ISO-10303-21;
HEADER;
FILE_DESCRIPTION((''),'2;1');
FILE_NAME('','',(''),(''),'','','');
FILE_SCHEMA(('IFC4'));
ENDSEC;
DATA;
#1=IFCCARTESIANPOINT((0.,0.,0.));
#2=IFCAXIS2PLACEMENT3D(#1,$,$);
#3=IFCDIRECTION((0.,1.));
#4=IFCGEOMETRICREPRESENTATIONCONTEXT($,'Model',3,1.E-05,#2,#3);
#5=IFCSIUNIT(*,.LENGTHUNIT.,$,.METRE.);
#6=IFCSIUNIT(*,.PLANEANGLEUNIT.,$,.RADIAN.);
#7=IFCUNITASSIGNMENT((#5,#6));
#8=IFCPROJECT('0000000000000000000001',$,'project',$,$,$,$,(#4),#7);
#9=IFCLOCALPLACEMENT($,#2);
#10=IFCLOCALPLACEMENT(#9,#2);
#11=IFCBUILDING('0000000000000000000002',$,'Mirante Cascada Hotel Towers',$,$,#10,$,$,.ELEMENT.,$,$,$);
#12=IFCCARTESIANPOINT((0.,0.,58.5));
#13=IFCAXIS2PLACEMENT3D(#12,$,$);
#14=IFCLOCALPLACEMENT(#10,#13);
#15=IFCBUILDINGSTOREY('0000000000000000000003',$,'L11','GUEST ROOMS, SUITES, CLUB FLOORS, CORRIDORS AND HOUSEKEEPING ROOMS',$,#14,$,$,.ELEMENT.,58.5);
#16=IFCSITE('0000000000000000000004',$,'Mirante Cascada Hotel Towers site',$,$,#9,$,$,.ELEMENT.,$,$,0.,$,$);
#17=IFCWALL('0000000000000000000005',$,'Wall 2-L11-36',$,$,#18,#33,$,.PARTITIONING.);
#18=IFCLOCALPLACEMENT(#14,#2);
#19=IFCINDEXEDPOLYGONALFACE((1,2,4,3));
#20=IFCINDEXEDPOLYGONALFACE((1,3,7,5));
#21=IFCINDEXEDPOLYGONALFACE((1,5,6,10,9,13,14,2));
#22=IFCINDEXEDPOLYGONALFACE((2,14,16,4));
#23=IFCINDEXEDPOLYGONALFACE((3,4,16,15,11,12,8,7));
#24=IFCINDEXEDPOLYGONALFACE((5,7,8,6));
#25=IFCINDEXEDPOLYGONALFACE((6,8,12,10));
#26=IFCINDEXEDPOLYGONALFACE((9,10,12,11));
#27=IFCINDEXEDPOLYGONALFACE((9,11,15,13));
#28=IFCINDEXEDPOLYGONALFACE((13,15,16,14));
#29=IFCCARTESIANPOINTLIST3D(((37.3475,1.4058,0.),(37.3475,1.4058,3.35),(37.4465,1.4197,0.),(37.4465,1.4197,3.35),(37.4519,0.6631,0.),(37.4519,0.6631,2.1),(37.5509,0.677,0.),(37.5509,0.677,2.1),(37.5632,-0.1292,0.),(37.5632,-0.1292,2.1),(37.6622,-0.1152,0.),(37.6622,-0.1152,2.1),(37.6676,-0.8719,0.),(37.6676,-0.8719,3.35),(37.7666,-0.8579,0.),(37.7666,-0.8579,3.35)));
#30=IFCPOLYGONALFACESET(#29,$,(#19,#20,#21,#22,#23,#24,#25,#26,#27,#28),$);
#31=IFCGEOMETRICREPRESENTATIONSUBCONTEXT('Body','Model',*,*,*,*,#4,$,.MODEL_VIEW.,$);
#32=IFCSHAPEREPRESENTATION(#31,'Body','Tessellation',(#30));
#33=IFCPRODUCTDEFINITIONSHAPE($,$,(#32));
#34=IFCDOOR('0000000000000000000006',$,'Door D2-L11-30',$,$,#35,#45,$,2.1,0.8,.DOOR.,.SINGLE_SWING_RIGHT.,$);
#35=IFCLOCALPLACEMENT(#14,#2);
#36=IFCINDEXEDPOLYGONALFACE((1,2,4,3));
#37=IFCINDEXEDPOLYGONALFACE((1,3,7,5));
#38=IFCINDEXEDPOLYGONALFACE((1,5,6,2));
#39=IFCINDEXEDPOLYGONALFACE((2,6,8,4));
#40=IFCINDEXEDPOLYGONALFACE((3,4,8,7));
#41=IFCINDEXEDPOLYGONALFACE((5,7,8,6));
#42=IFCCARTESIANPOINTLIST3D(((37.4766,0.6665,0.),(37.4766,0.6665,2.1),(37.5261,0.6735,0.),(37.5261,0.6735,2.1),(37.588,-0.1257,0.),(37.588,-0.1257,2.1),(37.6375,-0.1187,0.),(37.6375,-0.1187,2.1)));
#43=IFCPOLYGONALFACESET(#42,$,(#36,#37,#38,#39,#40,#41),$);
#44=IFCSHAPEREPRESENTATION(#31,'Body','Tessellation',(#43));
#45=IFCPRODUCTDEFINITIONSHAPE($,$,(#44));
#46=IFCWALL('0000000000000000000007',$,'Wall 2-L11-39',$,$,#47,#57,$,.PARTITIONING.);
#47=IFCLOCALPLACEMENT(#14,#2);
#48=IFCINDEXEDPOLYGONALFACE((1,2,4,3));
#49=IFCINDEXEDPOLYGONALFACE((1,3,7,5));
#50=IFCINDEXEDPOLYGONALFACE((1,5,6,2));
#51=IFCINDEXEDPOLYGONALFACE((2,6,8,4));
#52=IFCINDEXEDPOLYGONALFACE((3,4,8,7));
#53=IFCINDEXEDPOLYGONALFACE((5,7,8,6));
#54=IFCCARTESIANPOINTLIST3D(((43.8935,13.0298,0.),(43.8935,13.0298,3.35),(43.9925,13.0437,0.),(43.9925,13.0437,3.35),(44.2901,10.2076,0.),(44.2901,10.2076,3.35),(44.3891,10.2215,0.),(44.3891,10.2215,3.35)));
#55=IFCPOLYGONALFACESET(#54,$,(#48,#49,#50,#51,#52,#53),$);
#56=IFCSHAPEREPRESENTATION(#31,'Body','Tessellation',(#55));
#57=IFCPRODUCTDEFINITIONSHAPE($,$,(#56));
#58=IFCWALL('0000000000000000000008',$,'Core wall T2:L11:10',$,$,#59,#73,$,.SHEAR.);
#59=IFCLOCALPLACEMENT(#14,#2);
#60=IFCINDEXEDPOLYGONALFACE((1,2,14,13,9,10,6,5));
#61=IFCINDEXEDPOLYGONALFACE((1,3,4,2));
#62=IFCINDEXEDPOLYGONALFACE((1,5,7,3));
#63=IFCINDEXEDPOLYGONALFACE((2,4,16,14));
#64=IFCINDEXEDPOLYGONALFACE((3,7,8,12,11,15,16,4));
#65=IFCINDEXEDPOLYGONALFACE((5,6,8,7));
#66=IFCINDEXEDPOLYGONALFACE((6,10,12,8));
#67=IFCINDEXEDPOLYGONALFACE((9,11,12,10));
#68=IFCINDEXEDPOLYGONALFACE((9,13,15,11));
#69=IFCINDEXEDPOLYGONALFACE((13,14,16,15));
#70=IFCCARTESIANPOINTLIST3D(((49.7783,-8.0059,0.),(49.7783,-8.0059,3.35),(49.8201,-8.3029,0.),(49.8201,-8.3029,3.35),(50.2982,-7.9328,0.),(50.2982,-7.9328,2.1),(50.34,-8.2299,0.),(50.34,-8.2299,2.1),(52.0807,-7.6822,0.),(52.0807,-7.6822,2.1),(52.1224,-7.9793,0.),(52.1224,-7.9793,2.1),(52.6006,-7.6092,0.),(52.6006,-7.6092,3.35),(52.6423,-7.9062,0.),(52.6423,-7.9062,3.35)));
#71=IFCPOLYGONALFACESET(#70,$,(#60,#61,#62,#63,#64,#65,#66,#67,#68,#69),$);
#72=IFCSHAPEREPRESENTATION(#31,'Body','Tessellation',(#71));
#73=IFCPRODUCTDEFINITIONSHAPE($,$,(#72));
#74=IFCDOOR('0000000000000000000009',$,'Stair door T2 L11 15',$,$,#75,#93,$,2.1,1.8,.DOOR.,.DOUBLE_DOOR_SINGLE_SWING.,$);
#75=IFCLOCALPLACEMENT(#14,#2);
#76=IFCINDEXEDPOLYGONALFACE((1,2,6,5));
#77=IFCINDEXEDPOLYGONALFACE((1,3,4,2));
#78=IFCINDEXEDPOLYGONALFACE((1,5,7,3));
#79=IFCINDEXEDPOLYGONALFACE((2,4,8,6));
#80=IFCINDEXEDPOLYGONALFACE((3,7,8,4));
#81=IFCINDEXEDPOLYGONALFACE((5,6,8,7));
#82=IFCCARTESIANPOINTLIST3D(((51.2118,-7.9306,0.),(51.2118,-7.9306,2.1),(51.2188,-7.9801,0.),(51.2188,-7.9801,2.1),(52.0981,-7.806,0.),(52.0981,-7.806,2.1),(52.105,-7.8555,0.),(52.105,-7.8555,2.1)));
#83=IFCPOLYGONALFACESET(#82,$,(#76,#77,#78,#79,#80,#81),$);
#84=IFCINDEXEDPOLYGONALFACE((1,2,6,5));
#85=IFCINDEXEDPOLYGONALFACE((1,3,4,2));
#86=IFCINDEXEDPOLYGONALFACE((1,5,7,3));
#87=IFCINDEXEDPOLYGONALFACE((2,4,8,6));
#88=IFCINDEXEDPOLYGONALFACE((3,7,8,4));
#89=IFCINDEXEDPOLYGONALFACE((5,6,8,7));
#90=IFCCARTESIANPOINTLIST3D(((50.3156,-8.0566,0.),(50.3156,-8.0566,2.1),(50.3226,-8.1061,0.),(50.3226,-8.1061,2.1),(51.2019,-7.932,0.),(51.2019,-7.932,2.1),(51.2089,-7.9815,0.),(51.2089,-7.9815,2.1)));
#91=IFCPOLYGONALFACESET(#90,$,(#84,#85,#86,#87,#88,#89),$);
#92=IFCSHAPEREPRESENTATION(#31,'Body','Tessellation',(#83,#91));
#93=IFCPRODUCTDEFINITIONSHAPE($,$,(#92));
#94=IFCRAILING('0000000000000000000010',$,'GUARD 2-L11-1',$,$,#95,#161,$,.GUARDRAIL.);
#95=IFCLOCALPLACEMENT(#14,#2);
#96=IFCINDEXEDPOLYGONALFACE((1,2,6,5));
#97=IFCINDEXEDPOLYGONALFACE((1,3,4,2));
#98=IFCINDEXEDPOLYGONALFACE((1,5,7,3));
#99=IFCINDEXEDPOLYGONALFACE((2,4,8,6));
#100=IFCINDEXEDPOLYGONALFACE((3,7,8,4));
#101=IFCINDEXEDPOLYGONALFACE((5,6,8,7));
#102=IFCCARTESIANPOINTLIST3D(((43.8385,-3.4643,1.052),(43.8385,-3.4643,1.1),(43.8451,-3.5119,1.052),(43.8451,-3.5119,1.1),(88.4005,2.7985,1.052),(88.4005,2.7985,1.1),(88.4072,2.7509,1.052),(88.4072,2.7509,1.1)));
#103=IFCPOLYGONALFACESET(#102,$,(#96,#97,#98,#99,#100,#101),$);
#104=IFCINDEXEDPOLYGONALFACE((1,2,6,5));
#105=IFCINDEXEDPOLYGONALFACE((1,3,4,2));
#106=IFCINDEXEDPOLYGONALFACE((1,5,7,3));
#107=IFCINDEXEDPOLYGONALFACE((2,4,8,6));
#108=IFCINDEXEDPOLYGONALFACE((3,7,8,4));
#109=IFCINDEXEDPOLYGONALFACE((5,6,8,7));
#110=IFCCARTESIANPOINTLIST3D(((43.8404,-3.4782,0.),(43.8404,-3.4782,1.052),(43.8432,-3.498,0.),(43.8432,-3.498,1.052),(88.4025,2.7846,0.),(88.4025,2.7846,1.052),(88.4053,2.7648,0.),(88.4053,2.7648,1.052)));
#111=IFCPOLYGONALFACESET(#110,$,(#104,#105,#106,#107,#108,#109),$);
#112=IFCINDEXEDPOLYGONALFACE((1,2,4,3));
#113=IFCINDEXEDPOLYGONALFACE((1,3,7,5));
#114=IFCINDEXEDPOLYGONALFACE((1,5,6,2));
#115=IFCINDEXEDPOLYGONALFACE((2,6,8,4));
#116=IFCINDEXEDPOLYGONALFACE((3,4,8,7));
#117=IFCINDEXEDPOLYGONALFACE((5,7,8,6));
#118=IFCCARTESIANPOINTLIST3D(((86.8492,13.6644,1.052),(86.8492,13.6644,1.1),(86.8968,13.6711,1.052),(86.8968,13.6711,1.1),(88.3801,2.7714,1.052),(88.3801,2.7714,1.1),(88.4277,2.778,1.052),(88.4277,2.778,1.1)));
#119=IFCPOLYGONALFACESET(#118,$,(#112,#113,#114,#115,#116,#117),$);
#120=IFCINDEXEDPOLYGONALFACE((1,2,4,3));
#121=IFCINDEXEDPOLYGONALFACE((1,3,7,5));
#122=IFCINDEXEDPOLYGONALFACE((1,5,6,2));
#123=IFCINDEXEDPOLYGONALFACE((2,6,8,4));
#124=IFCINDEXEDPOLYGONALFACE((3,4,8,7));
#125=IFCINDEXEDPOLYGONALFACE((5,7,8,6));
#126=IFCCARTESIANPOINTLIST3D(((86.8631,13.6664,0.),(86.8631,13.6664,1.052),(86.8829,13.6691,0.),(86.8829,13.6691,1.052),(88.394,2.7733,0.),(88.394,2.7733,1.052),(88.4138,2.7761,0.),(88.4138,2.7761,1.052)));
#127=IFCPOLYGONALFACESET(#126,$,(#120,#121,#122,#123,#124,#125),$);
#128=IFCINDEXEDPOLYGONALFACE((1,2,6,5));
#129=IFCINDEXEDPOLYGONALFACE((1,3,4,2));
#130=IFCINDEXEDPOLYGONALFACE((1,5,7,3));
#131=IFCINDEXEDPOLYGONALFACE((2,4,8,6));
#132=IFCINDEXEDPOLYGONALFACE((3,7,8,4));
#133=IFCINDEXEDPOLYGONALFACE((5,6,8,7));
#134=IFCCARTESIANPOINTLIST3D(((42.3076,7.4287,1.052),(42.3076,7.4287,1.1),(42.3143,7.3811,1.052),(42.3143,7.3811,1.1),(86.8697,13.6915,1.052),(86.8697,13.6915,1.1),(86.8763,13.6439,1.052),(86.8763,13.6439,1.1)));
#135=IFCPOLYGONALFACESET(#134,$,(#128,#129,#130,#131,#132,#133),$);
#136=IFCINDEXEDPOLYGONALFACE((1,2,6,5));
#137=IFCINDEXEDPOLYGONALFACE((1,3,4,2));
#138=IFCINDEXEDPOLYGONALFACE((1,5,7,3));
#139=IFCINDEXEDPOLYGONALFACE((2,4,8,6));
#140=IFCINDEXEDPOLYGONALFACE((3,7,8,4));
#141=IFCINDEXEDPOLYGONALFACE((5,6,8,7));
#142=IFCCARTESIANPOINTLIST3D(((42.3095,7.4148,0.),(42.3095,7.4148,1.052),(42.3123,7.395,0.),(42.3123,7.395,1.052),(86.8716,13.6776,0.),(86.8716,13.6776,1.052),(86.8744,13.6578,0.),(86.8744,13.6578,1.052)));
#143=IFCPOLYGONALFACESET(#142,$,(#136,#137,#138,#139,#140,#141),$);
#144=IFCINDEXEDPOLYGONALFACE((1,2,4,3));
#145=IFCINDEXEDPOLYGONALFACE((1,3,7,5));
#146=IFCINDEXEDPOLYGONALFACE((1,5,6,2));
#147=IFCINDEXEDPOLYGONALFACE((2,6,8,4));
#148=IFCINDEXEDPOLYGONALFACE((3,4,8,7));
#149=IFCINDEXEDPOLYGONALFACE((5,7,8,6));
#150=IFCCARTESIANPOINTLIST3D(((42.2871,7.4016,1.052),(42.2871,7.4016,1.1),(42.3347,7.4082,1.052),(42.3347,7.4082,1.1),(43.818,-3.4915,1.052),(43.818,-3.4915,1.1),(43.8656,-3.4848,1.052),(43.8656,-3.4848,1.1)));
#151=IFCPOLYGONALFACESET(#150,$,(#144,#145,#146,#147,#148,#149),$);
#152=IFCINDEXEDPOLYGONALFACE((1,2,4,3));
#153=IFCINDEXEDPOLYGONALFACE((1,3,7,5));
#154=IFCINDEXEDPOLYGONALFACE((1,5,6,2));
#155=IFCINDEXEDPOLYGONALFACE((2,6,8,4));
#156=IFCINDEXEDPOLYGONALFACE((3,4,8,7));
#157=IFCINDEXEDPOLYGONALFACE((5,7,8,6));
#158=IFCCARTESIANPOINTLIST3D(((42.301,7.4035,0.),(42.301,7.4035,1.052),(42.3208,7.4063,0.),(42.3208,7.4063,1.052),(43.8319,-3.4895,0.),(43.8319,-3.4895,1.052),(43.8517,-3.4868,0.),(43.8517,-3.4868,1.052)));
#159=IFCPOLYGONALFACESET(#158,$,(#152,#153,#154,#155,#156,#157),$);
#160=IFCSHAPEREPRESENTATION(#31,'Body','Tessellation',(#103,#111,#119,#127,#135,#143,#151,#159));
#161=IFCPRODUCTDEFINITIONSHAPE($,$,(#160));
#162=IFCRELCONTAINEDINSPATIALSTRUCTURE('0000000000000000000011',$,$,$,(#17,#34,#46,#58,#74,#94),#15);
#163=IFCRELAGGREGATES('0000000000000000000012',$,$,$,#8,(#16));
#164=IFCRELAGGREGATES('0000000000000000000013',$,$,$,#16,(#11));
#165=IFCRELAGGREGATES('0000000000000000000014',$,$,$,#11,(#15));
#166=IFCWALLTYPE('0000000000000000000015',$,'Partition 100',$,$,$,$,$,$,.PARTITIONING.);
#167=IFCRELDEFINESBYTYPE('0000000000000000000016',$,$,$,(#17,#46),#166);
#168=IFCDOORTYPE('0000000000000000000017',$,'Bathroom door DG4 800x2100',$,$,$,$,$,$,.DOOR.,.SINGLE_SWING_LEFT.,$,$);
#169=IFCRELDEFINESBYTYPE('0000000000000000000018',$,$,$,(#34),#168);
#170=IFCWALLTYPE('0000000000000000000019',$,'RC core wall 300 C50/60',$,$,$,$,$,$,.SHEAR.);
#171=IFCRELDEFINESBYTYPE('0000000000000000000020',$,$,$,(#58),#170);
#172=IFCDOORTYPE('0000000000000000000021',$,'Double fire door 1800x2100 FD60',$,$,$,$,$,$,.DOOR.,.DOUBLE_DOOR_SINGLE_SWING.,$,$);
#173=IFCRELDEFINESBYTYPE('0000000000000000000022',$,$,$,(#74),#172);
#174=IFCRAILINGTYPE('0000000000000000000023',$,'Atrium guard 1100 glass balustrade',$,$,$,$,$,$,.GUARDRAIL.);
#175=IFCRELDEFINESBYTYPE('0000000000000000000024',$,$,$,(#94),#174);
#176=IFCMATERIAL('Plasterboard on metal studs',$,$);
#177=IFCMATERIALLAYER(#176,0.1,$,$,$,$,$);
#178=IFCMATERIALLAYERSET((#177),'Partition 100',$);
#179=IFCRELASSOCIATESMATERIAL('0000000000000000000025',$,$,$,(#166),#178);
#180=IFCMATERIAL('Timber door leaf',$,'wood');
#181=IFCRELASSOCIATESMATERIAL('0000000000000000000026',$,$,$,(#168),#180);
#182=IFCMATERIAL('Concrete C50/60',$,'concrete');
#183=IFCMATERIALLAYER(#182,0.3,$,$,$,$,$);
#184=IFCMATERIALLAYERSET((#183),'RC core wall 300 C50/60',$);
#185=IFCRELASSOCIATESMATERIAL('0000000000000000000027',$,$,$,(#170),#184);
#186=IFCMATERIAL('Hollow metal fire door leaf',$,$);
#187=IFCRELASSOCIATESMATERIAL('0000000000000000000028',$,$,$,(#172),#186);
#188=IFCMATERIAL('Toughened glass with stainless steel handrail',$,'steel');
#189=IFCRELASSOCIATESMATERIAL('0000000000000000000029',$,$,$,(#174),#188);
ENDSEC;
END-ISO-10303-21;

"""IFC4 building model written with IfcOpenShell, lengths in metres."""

from ifc_helpers import new_model, si_unit, direction, frame, frame_2d, origin, origin_2d, place, context, subcontext, project, spatial, rectangle, extrude, material, layer, layer_set, type_object, element, fill, save


model = new_model("IFC4")

# Units and contexts
model_context = context("Model", 3, precision=1e-05, world=origin(), true_north=direction((0.0, 1.0)))
body_context = subcontext(model_context, "Body", "Model", "MODEL_VIEW")
ifc_project = project(units=[si_unit("LENGTHUNIT", "METRE"), si_unit("PLANEANGLEUNIT", "RADIAN")], contexts=[model_context])

# Site, building, storey
site_placement = place(None, origin())
site = spatial("IfcSite", under=ifc_project, at=site_placement, Name="Mirante Cascada Hotel Towers site", CompositionType="ELEMENT", RefElevation=0.0)
building_placement = place(site_placement, origin())
building = spatial("IfcBuilding", under=site, at=building_placement, Name="Mirante Cascada Hotel Towers", CompositionType="ELEMENT")
storey_placement = place(building_placement, frame((0.0, 0.0, 58.5)))
storey = spatial("IfcBuildingStorey", under=building, at=storey_placement, Name="L11", Description="GUEST ROOMS, SUITES, CLUB FLOORS, CORRIDORS AND HOUSEKEEPING ROOMS", CompositionType="ELEMENT", Elevation=58.5)

# Shared definitions
ifc_material_1 = material(Name="Plasterboard on metal studs")
ifc_layer_1 = layer(ifc_material_1, 0.1)
ifc_layer_set_1 = layer_set([ifc_layer_1], Name="Partition 100")
wall_type_1 = type_object("IfcWallType", Name="Partition 100", PredefinedType="PARTITIONING", material=ifc_layer_set_1)

# Wall, opening, door
ifc_material_2 = material(Name="Timber door leaf", Category="wood")
door_type_1 = type_object("IfcDoorType", Name="Bathroom door DG4 800x2100", OperationType="SINGLE_SWING_LEFT", PredefinedType="DOOR", material=ifc_material_2)
wall_1_placement = place(storey_placement, frame((37.7171, -0.8649, 0.0), z_axis=(0.0, 0.0, 1.0), x_axis=(-0.139175, 0.990268, 0.0)))
wall_1 = element("IfcWall", 1, at=wall_1_placement, inside=storey, type_object=wall_type_1, Name="Wall 2-L11-36", PredefinedType="PARTITIONING", context=body_context, shape_type="SweptSolid", body=[
    extrude(rectangle(XDim=2.3, YDim=0.1, at=frame_2d((1.15, 0.0))), origin(), (0.0, 0.0, 1.0), 3.35),
])
opening_1_placement = place(wall_1_placement, frame((0.75, 0.0, 0.0)))
opening_1 = element("IfcOpeningElement", 2, at=opening_1_placement, cuts=wall_1, PredefinedType="OPENING", context=body_context, shape_type="SweptSolid", body=[
    extrude(rectangle(XDim=0.8, YDim=2.1, at=frame_2d((0.4, 1.05))), frame((0.0, 0.05, 0.0), z_axis=(0.0, -1.0, 0.0), x_axis=(1.0, 0.0, 0.0)), (0.0, 0.0, 1.0), 0.1),
])
door_1_placement = place(opening_1_placement, frame((0.8, 0.0, 0.0), z_axis=(0.0, 0.0, 1.0), x_axis=(-1.0, 0.0, 0.0)))
door_1 = element("IfcDoor", 3, at=door_1_placement, inside=storey, type_object=door_type_1, Name="Door D2-L11-30", OperationType="SINGLE_SWING_RIGHT", OverallHeight=2.1, OverallWidth=0.8, PredefinedType="DOOR", context=body_context, shape_type="SweptSolid", body=[
    extrude(rectangle(XDim=0.8, YDim=2.1, at=frame_2d((0.4, 1.05))), frame((0.0, 0.025, 0.0), z_axis=(0.0, -1.0, 0.0), x_axis=(1.0, 0.0, 0.0)), (0.0, 0.0, 1.0), 0.05),
])
fill(opening_1, door_1)

# Wall
wall_2_placement = place(storey_placement, frame((43.943, 13.0368, 0.0), z_axis=(0.0, 0.0, 1.0), x_axis=(0.139161, -0.99027, 0.0)))
element("IfcWall", 4, at=wall_2_placement, inside=storey, type_object=wall_type_1, Name="Wall 2-L11-39", PredefinedType="PARTITIONING", context=body_context, shape_type="SweptSolid", body=[
    extrude(rectangle(XDim=2.8499, YDim=0.1, at=frame_2d((1.425, 0.0))), origin(), (0.0, 0.0, 1.0), 3.35),
])

# Wall, opening, door
ifc_material_3 = material(Name="Concrete C50/60", Category="concrete")
ifc_layer_2 = layer(ifc_material_3, 0.3)
ifc_layer_set_2 = layer_set([ifc_layer_2], Name="RC core wall 300 C50/60")
wall_type_2 = type_object("IfcWallType", Name="RC core wall 300 C50/60", PredefinedType="SHEAR", material=ifc_layer_set_2)
wall_3_placement = place(storey_placement, frame((49.7992, -8.1544, 0.0), z_axis=(0.0, 0.0, 1.0), x_axis=(0.990266, 0.139191, 0.0)))
wall_3 = element("IfcWall", 5, at=wall_3_placement, inside=storey, type_object=wall_type_2, Name="Core wall T2:L11:10", PredefinedType="SHEAR", context=body_context, shape_type="SweptSolid", body=[
    extrude(rectangle(XDim=2.85, YDim=0.3, at=frame_2d((1.425, 0.0))), origin(), (0.0, 0.0, 1.0), 3.35),
])
opening_2_placement = place(wall_3_placement, frame((0.525, 0.0, 0.0)))
opening_2 = element("IfcOpeningElement", 6, at=opening_2_placement, cuts=wall_3, PredefinedType="OPENING", context=body_context, shape_type="SweptSolid", body=[
    extrude(rectangle(XDim=1.8, YDim=2.1, at=frame_2d((0.9, 1.05))), frame((0.0, 0.15, 0.0), z_axis=(0.0, -1.0, 0.0), x_axis=(1.0, 0.0, 0.0)), (0.0, 0.0, 1.0), 0.3),
])
ifc_material_4 = material(Name="Hollow metal fire door leaf")
door_type_2 = type_object("IfcDoorType", Name="Double fire door 1800x2100 FD60", OperationType="DOUBLE_DOOR_SINGLE_SWING", PredefinedType="DOOR", material=ifc_material_4)
door_2_placement = place(opening_2_placement, frame((1.8, 0.0, 0.0), z_axis=(0.0, 0.0, 1.0), x_axis=(-1.0, 0.0, 0.0)))
door_2 = element("IfcDoor", 7, at=door_2_placement, inside=storey, type_object=door_type_2, Name="Stair door T2 L11 15", OperationType="DOUBLE_DOOR_SINGLE_SWING", OverallHeight=2.1, OverallWidth=1.8, PredefinedType="DOOR", context=body_context, shape_type="SweptSolid", body=[
    extrude(rectangle(XDim=0.895, YDim=2.1, at=frame_2d((0.4475, 1.05))), frame((0.0, 0.025, 0.0), z_axis=(0.0, -1.0, 0.0), x_axis=(1.0, 0.0, 0.0)), (0.0, 0.0, 1.0), 0.05),
    extrude(rectangle(XDim=0.895, YDim=2.1, at=frame_2d((1.3525, 1.05))), frame((0.0, 0.025, 0.0), z_axis=(0.0, -1.0, 0.0), x_axis=(1.0, 0.0, 0.0)), (0.0, 0.0, 1.0), 0.05),
])
fill(opening_2, door_2)

# Railing
ifc_material_5 = material(Name="Toughened glass with stainless steel handrail", Category="steel")
railing_type = type_object("IfcRailingType", Name="Atrium guard 1100 glass balustrade", PredefinedType="GUARDRAIL", material=ifc_material_5)
railing_placement = place(storey_placement, frame((43.8418, -3.4881, 0.0)))
element("IfcRailing", 8, at=railing_placement, inside=storey, type_object=railing_type, Name="GUARD 2-L11-1", PredefinedType="GUARDRAIL", context=body_context, shape_type="SweptSolid", body=[
    extrude(rectangle(XDim=0.048, YDim=0.048, at=origin_2d()), frame((0.0, 0.0, 1.076), z_axis=(0.990268, 0.139173, 0.0), x_axis=(-0.139173, 0.990268, 0.0)), (0.0, 0.0, 1.0), 45.0),
    extrude(rectangle(XDim=0.02, YDim=1.052, at=origin_2d()), frame((0.0, 0.0, 0.526), z_axis=(0.990268, 0.139173, 0.0), x_axis=(-0.139173, 0.990268, 0.0)), (0.0, 0.0, 1.0), 45.0),
    extrude(rectangle(XDim=0.048, YDim=0.048, at=origin_2d()), frame((44.5621, 6.2628, 1.076), z_axis=(-0.139172, 0.990268, 0.0), x_axis=(-0.990268, -0.139172, 0.0)), (0.0, 0.0, 1.0), 11.0001),
    extrude(rectangle(XDim=0.02, YDim=1.052, at=origin_2d()), frame((44.5621, 6.2628, 0.526), z_axis=(-0.139172, 0.990268, 0.0), x_axis=(-0.990268, -0.139172, 0.0)), (0.0, 0.0, 1.0), 11.0001),
    extrude(rectangle(XDim=0.048, YDim=0.048, at=origin_2d()), frame((43.0312, 17.1558, 1.076), z_axis=(-0.990268, -0.139173, 0.0), x_axis=(0.139173, -0.990268, 0.0)), (0.0, 0.0, 1.0), 45.0),
    extrude(rectangle(XDim=0.02, YDim=1.052, at=origin_2d()), frame((43.0312, 17.1558, 0.526), z_axis=(-0.990268, -0.139173, 0.0), x_axis=(0.139173, -0.990268, 0.0)), (0.0, 0.0, 1.0), 45.0),
    extrude(rectangle(XDim=0.048, YDim=0.048, at=origin_2d()), frame((-1.5309, 10.893, 1.076), z_axis=(0.139172, -0.990268, 0.0), x_axis=(0.990268, 0.139172, 0.0)), (0.0, 0.0, 1.0), 11.0001),
    extrude(rectangle(XDim=0.02, YDim=1.052, at=origin_2d()), frame((-1.5309, 10.893, 0.526), z_axis=(0.139172, -0.990268, 0.0), x_axis=(0.990268, 0.139172, 0.0)), (0.0, 0.0, 1.0), 11.0001),
])

save(model, "model.ifc")
